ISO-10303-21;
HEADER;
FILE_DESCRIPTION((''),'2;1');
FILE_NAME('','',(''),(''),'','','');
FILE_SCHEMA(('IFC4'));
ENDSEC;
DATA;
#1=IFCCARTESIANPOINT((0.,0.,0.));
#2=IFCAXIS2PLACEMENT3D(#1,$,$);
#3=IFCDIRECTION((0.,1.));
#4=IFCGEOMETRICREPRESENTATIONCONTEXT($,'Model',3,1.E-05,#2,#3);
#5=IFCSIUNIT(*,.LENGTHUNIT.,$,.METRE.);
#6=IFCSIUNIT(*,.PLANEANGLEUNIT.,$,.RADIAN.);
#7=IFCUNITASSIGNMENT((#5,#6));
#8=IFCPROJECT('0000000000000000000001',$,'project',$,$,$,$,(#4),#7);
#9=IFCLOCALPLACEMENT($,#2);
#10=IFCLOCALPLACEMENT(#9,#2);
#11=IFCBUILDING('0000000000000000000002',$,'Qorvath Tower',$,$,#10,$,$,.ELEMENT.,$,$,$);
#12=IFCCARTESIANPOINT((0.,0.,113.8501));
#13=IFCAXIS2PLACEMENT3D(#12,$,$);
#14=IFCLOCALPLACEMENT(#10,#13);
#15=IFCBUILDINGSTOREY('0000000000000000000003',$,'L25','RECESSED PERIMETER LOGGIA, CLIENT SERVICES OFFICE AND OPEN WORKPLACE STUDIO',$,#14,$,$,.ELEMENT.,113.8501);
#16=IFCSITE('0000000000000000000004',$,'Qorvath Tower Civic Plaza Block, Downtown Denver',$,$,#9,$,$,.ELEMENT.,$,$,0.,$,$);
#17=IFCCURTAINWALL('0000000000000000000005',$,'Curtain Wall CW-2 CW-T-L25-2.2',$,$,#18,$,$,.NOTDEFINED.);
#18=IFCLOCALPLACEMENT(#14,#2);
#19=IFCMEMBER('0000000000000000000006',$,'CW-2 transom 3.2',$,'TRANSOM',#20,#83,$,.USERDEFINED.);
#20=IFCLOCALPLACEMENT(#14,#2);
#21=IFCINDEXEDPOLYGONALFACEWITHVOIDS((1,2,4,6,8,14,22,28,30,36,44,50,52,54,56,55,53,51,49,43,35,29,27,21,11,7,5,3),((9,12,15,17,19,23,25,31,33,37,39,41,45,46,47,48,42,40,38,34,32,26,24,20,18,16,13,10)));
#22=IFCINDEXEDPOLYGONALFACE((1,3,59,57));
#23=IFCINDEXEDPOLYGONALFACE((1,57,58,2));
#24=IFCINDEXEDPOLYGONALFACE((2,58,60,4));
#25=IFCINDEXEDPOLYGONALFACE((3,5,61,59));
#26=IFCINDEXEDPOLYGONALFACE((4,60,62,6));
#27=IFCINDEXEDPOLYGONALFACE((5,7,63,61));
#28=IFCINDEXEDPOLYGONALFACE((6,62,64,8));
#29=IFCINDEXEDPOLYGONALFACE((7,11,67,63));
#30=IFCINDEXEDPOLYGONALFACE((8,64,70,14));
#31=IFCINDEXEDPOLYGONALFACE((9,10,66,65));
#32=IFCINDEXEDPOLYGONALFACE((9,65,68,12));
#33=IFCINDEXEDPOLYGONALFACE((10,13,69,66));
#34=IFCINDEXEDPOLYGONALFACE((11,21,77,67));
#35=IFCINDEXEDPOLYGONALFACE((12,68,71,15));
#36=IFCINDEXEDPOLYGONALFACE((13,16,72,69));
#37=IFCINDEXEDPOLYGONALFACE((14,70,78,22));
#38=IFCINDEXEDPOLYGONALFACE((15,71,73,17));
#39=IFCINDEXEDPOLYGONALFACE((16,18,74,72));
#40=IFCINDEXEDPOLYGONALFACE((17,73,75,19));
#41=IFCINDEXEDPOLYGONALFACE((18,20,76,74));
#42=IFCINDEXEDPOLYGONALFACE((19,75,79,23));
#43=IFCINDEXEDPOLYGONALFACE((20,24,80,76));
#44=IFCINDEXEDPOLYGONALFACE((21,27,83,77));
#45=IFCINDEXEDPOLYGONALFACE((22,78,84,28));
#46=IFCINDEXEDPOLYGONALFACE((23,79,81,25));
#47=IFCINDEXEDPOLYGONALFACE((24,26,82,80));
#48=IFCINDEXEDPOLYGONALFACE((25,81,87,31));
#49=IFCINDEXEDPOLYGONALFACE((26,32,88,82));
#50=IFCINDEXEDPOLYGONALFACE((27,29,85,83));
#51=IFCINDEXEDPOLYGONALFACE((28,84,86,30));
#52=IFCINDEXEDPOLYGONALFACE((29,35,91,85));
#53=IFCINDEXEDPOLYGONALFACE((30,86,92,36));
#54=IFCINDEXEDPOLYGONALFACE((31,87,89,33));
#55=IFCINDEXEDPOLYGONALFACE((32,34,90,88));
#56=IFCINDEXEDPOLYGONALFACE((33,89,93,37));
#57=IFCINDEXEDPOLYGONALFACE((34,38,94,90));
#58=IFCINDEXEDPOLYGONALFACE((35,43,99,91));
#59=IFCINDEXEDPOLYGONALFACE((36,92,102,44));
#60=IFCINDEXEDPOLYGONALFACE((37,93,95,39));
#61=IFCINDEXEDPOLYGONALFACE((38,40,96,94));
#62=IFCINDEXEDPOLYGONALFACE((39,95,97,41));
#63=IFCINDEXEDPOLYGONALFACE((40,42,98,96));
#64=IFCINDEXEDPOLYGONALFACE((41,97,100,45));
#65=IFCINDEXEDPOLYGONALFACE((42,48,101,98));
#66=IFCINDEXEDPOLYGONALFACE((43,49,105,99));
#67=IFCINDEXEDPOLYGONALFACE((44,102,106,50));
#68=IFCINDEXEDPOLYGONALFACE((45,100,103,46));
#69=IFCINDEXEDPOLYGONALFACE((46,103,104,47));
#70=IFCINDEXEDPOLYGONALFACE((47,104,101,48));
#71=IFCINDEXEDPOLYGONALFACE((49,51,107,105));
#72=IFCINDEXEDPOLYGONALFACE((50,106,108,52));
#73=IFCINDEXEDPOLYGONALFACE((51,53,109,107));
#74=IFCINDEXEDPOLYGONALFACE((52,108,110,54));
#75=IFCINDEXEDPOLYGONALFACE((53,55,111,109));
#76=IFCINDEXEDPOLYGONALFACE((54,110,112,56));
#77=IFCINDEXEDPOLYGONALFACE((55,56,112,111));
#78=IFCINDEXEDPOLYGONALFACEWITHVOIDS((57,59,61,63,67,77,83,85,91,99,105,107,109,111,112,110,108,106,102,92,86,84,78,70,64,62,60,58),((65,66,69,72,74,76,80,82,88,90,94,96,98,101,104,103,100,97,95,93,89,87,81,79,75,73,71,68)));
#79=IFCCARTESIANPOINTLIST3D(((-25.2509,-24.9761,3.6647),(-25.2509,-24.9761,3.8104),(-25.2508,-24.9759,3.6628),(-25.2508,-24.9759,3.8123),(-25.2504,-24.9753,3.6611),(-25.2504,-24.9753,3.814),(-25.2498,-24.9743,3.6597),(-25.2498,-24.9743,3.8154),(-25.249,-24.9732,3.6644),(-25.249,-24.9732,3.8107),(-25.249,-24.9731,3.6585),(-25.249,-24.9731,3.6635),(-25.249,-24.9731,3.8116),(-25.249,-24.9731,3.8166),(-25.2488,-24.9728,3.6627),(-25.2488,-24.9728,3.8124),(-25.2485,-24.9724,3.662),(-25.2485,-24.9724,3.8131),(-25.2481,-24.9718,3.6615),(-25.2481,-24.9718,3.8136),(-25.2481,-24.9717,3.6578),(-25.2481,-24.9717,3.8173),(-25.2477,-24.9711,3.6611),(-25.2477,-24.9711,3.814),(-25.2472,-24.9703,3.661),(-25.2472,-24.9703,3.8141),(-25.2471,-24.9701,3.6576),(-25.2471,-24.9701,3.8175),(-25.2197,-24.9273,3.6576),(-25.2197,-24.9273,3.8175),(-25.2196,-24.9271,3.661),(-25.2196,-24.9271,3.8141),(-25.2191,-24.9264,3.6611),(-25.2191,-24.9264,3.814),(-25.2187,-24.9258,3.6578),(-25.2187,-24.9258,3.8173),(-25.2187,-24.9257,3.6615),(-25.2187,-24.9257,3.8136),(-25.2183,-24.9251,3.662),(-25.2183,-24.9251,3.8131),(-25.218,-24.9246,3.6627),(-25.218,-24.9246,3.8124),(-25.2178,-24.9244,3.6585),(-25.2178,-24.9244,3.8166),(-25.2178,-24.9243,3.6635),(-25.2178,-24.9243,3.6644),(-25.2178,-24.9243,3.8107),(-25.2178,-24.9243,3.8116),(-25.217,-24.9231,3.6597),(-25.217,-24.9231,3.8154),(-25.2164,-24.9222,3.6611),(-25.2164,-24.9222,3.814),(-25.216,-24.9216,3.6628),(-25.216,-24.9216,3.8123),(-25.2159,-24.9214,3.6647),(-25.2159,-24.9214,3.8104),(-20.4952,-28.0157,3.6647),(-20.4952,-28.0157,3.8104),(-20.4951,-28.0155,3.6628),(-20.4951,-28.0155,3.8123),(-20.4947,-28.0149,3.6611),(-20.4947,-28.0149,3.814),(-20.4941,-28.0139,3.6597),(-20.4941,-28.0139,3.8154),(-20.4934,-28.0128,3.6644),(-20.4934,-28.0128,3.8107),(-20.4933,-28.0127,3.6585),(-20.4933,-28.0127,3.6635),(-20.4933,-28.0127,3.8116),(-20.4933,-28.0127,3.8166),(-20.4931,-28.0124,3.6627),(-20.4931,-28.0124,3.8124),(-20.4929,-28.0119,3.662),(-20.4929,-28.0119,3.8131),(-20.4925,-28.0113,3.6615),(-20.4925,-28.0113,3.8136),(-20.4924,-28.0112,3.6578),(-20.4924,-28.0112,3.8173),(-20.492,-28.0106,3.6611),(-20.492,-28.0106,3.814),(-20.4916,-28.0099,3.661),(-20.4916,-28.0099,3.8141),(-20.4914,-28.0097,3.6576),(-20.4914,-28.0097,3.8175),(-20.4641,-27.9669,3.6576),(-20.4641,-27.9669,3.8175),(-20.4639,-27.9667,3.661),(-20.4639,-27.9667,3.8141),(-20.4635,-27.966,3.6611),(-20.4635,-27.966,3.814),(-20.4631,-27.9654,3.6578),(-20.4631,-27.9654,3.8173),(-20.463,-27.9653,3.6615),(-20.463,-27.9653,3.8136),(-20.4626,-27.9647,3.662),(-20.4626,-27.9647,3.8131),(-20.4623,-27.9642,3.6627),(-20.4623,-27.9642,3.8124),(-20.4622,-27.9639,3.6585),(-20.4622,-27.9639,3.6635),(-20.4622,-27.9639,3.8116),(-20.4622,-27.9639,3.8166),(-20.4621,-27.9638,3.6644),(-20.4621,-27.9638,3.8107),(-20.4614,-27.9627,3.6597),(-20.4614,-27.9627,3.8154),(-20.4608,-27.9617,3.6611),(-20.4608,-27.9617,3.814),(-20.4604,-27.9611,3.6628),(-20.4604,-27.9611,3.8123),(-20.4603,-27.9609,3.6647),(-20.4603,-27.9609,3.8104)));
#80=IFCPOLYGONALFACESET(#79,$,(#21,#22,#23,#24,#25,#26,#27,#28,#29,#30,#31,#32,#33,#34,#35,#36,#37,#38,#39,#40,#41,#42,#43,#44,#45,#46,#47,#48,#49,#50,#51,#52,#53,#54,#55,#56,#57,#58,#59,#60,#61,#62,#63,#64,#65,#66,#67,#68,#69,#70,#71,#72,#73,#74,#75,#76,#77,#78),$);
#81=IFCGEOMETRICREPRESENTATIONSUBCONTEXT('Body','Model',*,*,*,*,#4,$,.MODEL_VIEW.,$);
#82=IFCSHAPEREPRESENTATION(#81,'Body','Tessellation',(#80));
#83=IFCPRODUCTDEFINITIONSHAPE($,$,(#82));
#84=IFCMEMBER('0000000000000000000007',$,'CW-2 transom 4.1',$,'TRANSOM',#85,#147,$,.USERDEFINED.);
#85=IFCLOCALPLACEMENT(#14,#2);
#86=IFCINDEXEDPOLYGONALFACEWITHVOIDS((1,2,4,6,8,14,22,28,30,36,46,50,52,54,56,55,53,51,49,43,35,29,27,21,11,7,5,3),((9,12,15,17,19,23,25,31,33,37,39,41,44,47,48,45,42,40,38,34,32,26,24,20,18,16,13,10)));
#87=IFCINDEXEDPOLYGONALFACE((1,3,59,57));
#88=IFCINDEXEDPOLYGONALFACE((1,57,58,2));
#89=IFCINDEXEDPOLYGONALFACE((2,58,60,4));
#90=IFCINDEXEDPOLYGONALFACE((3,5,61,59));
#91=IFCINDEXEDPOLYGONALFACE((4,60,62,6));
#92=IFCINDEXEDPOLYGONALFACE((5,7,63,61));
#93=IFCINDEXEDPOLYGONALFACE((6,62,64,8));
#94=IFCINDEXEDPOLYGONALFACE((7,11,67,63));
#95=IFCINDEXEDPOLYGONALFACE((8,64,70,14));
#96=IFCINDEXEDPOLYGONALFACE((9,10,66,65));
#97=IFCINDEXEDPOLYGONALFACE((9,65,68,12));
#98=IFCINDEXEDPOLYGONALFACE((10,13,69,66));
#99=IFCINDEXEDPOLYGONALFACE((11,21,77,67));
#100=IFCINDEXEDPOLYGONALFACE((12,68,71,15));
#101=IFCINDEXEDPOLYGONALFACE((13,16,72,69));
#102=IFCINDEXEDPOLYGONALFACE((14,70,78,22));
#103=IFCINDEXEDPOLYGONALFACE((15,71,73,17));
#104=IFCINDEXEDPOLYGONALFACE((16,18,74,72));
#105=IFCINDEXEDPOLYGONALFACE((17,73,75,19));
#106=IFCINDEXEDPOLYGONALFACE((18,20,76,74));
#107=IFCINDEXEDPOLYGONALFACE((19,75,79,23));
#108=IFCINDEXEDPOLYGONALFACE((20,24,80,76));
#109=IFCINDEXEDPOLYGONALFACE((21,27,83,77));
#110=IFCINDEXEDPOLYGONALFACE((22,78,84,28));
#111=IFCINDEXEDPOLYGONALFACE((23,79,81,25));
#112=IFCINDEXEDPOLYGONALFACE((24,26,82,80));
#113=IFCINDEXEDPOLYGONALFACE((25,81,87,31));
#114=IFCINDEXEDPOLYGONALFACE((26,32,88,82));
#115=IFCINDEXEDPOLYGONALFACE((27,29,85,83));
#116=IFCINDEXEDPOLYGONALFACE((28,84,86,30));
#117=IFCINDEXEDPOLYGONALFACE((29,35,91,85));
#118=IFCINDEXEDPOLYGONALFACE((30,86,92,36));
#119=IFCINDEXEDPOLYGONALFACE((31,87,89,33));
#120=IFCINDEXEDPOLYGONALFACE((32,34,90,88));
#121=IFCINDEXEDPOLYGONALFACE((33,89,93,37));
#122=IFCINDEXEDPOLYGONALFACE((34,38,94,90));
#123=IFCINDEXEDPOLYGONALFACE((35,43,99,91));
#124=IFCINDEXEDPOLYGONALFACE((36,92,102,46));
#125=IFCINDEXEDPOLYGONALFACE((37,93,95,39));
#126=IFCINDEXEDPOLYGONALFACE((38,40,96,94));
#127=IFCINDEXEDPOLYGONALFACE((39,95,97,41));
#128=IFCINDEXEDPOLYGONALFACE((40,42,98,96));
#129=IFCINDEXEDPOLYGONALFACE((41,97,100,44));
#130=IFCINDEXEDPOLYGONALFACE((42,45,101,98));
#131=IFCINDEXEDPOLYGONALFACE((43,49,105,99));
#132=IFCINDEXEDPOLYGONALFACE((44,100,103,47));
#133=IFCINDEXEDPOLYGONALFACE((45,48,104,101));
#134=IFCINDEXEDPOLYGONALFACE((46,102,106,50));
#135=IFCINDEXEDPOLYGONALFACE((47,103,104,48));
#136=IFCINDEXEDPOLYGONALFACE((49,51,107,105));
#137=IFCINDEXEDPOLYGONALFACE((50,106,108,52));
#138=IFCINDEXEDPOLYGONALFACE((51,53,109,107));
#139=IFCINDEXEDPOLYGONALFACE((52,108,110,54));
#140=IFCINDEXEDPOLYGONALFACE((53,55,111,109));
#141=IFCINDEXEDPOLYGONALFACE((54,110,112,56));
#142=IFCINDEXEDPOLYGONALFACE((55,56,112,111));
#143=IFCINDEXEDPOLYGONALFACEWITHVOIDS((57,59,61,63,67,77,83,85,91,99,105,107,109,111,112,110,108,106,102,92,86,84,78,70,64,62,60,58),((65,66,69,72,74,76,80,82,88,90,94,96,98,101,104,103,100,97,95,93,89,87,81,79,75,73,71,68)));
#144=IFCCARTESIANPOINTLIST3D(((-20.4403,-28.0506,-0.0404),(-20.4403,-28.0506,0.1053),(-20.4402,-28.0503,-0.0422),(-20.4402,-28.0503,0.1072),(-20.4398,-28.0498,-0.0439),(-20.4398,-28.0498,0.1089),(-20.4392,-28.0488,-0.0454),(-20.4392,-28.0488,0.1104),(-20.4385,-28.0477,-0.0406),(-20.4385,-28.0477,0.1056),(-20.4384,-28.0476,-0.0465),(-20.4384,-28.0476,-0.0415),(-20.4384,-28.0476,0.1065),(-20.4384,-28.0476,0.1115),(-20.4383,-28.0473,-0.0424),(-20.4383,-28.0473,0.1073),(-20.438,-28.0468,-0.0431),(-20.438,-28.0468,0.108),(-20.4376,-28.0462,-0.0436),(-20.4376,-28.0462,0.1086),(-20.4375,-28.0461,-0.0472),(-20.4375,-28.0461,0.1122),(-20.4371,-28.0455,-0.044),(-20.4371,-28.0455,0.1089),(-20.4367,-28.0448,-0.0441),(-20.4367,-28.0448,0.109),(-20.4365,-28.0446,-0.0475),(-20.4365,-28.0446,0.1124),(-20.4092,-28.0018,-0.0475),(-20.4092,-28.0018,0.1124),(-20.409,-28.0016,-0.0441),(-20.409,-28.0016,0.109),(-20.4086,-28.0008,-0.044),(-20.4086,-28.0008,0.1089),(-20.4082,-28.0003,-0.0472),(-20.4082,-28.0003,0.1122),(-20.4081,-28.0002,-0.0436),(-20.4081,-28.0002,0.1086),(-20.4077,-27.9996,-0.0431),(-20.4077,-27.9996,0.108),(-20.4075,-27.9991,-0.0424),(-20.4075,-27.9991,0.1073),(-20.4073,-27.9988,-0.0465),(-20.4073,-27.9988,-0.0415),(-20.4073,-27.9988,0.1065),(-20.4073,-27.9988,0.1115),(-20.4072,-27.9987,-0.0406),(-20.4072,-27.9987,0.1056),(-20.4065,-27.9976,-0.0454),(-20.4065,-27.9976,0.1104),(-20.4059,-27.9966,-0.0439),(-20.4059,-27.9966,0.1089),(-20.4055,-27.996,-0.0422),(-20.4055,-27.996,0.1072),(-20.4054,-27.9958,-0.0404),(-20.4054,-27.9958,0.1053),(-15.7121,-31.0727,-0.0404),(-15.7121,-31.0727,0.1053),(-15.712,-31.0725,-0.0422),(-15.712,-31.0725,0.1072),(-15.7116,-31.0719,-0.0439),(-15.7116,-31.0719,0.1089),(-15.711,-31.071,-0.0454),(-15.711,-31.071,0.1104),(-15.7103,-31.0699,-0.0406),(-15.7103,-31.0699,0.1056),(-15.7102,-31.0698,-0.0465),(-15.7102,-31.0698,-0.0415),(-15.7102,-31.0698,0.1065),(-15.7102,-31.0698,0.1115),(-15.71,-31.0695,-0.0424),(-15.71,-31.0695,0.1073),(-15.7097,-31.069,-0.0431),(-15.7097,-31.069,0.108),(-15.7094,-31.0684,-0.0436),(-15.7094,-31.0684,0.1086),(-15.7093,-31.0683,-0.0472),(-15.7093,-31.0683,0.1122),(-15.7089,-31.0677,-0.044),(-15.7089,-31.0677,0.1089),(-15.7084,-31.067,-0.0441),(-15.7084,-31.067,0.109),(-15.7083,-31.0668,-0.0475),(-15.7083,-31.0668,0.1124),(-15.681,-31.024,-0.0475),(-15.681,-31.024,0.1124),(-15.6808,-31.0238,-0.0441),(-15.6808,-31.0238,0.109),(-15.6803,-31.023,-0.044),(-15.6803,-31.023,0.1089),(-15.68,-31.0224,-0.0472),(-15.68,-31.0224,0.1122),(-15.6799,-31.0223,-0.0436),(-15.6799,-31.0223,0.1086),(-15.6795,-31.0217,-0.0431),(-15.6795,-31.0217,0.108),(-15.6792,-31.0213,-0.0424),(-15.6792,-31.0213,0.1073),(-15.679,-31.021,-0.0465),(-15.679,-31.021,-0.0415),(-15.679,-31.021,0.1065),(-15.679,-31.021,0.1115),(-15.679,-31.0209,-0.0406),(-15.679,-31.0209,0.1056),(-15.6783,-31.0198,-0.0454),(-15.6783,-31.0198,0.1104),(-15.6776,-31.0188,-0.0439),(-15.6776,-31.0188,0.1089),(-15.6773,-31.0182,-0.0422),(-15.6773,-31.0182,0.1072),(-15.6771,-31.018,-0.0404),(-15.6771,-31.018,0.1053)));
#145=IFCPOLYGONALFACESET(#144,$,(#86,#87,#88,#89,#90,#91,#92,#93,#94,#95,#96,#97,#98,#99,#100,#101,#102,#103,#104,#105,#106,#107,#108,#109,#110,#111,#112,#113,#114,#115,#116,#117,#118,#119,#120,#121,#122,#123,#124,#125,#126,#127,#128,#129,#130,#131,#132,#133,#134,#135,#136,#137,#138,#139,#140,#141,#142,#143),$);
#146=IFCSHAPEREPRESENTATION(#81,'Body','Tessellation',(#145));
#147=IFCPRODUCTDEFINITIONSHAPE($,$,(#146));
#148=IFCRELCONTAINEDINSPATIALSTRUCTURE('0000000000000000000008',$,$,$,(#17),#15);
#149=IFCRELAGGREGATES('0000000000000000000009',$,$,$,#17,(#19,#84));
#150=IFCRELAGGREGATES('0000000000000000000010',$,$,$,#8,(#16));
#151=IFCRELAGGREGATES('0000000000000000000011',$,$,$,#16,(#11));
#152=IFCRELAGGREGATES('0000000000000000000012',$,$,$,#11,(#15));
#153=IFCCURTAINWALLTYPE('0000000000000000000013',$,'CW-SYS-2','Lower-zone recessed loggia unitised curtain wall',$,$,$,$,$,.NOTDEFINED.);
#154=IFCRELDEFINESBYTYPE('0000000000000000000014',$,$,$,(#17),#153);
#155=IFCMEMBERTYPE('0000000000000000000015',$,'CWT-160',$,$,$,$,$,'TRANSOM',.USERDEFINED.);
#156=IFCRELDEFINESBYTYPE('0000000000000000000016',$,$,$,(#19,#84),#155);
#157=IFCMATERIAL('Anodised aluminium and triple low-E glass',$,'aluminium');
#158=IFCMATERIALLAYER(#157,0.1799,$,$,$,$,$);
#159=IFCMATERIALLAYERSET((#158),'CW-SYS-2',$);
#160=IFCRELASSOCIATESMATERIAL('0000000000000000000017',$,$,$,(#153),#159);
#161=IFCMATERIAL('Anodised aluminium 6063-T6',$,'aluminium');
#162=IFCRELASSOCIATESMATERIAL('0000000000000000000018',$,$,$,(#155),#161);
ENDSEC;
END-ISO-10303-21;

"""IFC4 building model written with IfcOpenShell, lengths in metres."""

from ifc_helpers import new_model, si_unit, direction, frame, origin, origin_2d, place, context, subcontext, project, spatial, hollow_rectangle, extrude, material, layer, layer_set, material_profile, profile_set, type_object, element, aggregate, save


model = new_model("IFC4")

# Units and contexts
model_context = context("Model", 3, precision=1e-05, world=origin(), true_north=direction((0.0, 1.0)))
body_context = subcontext(model_context, "Body", "Model", "MODEL_VIEW")
ifc_project = project(units=[si_unit("LENGTHUNIT", "METRE"), si_unit("PLANEANGLEUNIT", "RADIAN")], contexts=[model_context])

# Site, building, storey
site_placement = place(None, origin())
site = spatial("IfcSite", under=ifc_project, at=site_placement, Name="Qorvath Tower Civic Plaza Block, Downtown Denver", CompositionType="ELEMENT", RefElevation=0.0)
building_placement = place(site_placement, origin())
building = spatial("IfcBuilding", under=site, at=building_placement, Name="Qorvath Tower", CompositionType="ELEMENT")
storey_placement = place(building_placement, frame((0.0, 0.0, 113.8501)))
storey = spatial("IfcBuildingStorey", under=building, at=storey_placement, Name="L25", Description="RECESSED PERIMETER LOGGIA, CLIENT SERVICES OFFICE AND OPEN WORKPLACE STUDIO", CompositionType="ELEMENT", Elevation=113.8501)

# Curtain wall, members
ifc_material_1 = material(Name="Anodised aluminium and triple low-E glass", Category="aluminium")
ifc_layer_1 = layer(ifc_material_1, 0.1799)
ifc_layer_set_1 = layer_set([ifc_layer_1], Name="CW-SYS-2")
curtain_wall_type = type_object("IfcCurtainWallType", Name="CW-SYS-2", Description="Lower-zone recessed loggia unitised curtain wall", PredefinedType="NOTDEFINED", material=ifc_layer_set_1)
curtain_wall_placement = place(storey_placement, origin())
curtain_wall = element("IfcCurtainWall", 1, at=curtain_wall_placement, inside=storey, type_object=curtain_wall_type, Name="Curtain Wall CW-2 CW-T-L25-2.2", PredefinedType="NOTDEFINED")
ifc_material_2 = material(Name="Anodised aluminium 6063-T6", Category="aluminium")
ifc_material_profile_1 = material_profile(ifc_material_2, hollow_rectangle(XDim=0.0649, YDim=0.1599, WallThickness=0.0034, InnerFilletRadius=0.0034, OuterFilletRadius=0.0071, at=origin_2d()), Name="CWT 160x65")
ifc_profile_set_1 = profile_set([ifc_material_profile_1], Name="Anodised aluminium 6063-T6")
member_type_1 = type_object("IfcMemberType", Name="CWT-160", ElementType="TRANSOM", PredefinedType="USERDEFINED", material=ifc_profile_set_1)
member_1_placement = place(storey_placement, frame((-25.2334, -24.9487, 3.7375), z_axis=(0.842596, -0.538545, 0.0), x_axis=(0.538545, 0.842596, 0.0)))
member_1 = element("IfcMember", 2, at=member_1_placement, type_object=member_type_1, Name="CW-2 transom 3.2", ObjectType="TRANSOM", PredefinedType="USERDEFINED", context=body_context, shape_type="SweptSolid", body=[
    extrude(hollow_rectangle(XDim=0.0649, YDim=0.1599, WallThickness=0.0034, InnerFilletRadius=0.0034, OuterFilletRadius=0.0071, at=origin_2d()), origin(), (0.0, 0.0, 1.0), 5.644),
])
member_2_placement = place(storey_placement, frame((-20.4229, -28.0232, 0.0325), z_axis=(0.842585, -0.538563, 0.0), x_axis=(0.538563, 0.842585, 0.0)))
member_2 = element("IfcMember", 3, at=member_2_placement, type_object=member_type_1, Name="CW-2 transom 4.1", ObjectType="TRANSOM", PredefinedType="USERDEFINED", context=body_context, shape_type="SweptSolid", body=[
    extrude(hollow_rectangle(XDim=0.0649, YDim=0.1599, WallThickness=0.0034, InnerFilletRadius=0.0034, OuterFilletRadius=0.0071, at=origin_2d()), origin(), (0.0, 0.0, 1.0), 5.6116),
])
aggregate(curtain_wall, [member_1, member_2])

save(model, "model.ifc")
